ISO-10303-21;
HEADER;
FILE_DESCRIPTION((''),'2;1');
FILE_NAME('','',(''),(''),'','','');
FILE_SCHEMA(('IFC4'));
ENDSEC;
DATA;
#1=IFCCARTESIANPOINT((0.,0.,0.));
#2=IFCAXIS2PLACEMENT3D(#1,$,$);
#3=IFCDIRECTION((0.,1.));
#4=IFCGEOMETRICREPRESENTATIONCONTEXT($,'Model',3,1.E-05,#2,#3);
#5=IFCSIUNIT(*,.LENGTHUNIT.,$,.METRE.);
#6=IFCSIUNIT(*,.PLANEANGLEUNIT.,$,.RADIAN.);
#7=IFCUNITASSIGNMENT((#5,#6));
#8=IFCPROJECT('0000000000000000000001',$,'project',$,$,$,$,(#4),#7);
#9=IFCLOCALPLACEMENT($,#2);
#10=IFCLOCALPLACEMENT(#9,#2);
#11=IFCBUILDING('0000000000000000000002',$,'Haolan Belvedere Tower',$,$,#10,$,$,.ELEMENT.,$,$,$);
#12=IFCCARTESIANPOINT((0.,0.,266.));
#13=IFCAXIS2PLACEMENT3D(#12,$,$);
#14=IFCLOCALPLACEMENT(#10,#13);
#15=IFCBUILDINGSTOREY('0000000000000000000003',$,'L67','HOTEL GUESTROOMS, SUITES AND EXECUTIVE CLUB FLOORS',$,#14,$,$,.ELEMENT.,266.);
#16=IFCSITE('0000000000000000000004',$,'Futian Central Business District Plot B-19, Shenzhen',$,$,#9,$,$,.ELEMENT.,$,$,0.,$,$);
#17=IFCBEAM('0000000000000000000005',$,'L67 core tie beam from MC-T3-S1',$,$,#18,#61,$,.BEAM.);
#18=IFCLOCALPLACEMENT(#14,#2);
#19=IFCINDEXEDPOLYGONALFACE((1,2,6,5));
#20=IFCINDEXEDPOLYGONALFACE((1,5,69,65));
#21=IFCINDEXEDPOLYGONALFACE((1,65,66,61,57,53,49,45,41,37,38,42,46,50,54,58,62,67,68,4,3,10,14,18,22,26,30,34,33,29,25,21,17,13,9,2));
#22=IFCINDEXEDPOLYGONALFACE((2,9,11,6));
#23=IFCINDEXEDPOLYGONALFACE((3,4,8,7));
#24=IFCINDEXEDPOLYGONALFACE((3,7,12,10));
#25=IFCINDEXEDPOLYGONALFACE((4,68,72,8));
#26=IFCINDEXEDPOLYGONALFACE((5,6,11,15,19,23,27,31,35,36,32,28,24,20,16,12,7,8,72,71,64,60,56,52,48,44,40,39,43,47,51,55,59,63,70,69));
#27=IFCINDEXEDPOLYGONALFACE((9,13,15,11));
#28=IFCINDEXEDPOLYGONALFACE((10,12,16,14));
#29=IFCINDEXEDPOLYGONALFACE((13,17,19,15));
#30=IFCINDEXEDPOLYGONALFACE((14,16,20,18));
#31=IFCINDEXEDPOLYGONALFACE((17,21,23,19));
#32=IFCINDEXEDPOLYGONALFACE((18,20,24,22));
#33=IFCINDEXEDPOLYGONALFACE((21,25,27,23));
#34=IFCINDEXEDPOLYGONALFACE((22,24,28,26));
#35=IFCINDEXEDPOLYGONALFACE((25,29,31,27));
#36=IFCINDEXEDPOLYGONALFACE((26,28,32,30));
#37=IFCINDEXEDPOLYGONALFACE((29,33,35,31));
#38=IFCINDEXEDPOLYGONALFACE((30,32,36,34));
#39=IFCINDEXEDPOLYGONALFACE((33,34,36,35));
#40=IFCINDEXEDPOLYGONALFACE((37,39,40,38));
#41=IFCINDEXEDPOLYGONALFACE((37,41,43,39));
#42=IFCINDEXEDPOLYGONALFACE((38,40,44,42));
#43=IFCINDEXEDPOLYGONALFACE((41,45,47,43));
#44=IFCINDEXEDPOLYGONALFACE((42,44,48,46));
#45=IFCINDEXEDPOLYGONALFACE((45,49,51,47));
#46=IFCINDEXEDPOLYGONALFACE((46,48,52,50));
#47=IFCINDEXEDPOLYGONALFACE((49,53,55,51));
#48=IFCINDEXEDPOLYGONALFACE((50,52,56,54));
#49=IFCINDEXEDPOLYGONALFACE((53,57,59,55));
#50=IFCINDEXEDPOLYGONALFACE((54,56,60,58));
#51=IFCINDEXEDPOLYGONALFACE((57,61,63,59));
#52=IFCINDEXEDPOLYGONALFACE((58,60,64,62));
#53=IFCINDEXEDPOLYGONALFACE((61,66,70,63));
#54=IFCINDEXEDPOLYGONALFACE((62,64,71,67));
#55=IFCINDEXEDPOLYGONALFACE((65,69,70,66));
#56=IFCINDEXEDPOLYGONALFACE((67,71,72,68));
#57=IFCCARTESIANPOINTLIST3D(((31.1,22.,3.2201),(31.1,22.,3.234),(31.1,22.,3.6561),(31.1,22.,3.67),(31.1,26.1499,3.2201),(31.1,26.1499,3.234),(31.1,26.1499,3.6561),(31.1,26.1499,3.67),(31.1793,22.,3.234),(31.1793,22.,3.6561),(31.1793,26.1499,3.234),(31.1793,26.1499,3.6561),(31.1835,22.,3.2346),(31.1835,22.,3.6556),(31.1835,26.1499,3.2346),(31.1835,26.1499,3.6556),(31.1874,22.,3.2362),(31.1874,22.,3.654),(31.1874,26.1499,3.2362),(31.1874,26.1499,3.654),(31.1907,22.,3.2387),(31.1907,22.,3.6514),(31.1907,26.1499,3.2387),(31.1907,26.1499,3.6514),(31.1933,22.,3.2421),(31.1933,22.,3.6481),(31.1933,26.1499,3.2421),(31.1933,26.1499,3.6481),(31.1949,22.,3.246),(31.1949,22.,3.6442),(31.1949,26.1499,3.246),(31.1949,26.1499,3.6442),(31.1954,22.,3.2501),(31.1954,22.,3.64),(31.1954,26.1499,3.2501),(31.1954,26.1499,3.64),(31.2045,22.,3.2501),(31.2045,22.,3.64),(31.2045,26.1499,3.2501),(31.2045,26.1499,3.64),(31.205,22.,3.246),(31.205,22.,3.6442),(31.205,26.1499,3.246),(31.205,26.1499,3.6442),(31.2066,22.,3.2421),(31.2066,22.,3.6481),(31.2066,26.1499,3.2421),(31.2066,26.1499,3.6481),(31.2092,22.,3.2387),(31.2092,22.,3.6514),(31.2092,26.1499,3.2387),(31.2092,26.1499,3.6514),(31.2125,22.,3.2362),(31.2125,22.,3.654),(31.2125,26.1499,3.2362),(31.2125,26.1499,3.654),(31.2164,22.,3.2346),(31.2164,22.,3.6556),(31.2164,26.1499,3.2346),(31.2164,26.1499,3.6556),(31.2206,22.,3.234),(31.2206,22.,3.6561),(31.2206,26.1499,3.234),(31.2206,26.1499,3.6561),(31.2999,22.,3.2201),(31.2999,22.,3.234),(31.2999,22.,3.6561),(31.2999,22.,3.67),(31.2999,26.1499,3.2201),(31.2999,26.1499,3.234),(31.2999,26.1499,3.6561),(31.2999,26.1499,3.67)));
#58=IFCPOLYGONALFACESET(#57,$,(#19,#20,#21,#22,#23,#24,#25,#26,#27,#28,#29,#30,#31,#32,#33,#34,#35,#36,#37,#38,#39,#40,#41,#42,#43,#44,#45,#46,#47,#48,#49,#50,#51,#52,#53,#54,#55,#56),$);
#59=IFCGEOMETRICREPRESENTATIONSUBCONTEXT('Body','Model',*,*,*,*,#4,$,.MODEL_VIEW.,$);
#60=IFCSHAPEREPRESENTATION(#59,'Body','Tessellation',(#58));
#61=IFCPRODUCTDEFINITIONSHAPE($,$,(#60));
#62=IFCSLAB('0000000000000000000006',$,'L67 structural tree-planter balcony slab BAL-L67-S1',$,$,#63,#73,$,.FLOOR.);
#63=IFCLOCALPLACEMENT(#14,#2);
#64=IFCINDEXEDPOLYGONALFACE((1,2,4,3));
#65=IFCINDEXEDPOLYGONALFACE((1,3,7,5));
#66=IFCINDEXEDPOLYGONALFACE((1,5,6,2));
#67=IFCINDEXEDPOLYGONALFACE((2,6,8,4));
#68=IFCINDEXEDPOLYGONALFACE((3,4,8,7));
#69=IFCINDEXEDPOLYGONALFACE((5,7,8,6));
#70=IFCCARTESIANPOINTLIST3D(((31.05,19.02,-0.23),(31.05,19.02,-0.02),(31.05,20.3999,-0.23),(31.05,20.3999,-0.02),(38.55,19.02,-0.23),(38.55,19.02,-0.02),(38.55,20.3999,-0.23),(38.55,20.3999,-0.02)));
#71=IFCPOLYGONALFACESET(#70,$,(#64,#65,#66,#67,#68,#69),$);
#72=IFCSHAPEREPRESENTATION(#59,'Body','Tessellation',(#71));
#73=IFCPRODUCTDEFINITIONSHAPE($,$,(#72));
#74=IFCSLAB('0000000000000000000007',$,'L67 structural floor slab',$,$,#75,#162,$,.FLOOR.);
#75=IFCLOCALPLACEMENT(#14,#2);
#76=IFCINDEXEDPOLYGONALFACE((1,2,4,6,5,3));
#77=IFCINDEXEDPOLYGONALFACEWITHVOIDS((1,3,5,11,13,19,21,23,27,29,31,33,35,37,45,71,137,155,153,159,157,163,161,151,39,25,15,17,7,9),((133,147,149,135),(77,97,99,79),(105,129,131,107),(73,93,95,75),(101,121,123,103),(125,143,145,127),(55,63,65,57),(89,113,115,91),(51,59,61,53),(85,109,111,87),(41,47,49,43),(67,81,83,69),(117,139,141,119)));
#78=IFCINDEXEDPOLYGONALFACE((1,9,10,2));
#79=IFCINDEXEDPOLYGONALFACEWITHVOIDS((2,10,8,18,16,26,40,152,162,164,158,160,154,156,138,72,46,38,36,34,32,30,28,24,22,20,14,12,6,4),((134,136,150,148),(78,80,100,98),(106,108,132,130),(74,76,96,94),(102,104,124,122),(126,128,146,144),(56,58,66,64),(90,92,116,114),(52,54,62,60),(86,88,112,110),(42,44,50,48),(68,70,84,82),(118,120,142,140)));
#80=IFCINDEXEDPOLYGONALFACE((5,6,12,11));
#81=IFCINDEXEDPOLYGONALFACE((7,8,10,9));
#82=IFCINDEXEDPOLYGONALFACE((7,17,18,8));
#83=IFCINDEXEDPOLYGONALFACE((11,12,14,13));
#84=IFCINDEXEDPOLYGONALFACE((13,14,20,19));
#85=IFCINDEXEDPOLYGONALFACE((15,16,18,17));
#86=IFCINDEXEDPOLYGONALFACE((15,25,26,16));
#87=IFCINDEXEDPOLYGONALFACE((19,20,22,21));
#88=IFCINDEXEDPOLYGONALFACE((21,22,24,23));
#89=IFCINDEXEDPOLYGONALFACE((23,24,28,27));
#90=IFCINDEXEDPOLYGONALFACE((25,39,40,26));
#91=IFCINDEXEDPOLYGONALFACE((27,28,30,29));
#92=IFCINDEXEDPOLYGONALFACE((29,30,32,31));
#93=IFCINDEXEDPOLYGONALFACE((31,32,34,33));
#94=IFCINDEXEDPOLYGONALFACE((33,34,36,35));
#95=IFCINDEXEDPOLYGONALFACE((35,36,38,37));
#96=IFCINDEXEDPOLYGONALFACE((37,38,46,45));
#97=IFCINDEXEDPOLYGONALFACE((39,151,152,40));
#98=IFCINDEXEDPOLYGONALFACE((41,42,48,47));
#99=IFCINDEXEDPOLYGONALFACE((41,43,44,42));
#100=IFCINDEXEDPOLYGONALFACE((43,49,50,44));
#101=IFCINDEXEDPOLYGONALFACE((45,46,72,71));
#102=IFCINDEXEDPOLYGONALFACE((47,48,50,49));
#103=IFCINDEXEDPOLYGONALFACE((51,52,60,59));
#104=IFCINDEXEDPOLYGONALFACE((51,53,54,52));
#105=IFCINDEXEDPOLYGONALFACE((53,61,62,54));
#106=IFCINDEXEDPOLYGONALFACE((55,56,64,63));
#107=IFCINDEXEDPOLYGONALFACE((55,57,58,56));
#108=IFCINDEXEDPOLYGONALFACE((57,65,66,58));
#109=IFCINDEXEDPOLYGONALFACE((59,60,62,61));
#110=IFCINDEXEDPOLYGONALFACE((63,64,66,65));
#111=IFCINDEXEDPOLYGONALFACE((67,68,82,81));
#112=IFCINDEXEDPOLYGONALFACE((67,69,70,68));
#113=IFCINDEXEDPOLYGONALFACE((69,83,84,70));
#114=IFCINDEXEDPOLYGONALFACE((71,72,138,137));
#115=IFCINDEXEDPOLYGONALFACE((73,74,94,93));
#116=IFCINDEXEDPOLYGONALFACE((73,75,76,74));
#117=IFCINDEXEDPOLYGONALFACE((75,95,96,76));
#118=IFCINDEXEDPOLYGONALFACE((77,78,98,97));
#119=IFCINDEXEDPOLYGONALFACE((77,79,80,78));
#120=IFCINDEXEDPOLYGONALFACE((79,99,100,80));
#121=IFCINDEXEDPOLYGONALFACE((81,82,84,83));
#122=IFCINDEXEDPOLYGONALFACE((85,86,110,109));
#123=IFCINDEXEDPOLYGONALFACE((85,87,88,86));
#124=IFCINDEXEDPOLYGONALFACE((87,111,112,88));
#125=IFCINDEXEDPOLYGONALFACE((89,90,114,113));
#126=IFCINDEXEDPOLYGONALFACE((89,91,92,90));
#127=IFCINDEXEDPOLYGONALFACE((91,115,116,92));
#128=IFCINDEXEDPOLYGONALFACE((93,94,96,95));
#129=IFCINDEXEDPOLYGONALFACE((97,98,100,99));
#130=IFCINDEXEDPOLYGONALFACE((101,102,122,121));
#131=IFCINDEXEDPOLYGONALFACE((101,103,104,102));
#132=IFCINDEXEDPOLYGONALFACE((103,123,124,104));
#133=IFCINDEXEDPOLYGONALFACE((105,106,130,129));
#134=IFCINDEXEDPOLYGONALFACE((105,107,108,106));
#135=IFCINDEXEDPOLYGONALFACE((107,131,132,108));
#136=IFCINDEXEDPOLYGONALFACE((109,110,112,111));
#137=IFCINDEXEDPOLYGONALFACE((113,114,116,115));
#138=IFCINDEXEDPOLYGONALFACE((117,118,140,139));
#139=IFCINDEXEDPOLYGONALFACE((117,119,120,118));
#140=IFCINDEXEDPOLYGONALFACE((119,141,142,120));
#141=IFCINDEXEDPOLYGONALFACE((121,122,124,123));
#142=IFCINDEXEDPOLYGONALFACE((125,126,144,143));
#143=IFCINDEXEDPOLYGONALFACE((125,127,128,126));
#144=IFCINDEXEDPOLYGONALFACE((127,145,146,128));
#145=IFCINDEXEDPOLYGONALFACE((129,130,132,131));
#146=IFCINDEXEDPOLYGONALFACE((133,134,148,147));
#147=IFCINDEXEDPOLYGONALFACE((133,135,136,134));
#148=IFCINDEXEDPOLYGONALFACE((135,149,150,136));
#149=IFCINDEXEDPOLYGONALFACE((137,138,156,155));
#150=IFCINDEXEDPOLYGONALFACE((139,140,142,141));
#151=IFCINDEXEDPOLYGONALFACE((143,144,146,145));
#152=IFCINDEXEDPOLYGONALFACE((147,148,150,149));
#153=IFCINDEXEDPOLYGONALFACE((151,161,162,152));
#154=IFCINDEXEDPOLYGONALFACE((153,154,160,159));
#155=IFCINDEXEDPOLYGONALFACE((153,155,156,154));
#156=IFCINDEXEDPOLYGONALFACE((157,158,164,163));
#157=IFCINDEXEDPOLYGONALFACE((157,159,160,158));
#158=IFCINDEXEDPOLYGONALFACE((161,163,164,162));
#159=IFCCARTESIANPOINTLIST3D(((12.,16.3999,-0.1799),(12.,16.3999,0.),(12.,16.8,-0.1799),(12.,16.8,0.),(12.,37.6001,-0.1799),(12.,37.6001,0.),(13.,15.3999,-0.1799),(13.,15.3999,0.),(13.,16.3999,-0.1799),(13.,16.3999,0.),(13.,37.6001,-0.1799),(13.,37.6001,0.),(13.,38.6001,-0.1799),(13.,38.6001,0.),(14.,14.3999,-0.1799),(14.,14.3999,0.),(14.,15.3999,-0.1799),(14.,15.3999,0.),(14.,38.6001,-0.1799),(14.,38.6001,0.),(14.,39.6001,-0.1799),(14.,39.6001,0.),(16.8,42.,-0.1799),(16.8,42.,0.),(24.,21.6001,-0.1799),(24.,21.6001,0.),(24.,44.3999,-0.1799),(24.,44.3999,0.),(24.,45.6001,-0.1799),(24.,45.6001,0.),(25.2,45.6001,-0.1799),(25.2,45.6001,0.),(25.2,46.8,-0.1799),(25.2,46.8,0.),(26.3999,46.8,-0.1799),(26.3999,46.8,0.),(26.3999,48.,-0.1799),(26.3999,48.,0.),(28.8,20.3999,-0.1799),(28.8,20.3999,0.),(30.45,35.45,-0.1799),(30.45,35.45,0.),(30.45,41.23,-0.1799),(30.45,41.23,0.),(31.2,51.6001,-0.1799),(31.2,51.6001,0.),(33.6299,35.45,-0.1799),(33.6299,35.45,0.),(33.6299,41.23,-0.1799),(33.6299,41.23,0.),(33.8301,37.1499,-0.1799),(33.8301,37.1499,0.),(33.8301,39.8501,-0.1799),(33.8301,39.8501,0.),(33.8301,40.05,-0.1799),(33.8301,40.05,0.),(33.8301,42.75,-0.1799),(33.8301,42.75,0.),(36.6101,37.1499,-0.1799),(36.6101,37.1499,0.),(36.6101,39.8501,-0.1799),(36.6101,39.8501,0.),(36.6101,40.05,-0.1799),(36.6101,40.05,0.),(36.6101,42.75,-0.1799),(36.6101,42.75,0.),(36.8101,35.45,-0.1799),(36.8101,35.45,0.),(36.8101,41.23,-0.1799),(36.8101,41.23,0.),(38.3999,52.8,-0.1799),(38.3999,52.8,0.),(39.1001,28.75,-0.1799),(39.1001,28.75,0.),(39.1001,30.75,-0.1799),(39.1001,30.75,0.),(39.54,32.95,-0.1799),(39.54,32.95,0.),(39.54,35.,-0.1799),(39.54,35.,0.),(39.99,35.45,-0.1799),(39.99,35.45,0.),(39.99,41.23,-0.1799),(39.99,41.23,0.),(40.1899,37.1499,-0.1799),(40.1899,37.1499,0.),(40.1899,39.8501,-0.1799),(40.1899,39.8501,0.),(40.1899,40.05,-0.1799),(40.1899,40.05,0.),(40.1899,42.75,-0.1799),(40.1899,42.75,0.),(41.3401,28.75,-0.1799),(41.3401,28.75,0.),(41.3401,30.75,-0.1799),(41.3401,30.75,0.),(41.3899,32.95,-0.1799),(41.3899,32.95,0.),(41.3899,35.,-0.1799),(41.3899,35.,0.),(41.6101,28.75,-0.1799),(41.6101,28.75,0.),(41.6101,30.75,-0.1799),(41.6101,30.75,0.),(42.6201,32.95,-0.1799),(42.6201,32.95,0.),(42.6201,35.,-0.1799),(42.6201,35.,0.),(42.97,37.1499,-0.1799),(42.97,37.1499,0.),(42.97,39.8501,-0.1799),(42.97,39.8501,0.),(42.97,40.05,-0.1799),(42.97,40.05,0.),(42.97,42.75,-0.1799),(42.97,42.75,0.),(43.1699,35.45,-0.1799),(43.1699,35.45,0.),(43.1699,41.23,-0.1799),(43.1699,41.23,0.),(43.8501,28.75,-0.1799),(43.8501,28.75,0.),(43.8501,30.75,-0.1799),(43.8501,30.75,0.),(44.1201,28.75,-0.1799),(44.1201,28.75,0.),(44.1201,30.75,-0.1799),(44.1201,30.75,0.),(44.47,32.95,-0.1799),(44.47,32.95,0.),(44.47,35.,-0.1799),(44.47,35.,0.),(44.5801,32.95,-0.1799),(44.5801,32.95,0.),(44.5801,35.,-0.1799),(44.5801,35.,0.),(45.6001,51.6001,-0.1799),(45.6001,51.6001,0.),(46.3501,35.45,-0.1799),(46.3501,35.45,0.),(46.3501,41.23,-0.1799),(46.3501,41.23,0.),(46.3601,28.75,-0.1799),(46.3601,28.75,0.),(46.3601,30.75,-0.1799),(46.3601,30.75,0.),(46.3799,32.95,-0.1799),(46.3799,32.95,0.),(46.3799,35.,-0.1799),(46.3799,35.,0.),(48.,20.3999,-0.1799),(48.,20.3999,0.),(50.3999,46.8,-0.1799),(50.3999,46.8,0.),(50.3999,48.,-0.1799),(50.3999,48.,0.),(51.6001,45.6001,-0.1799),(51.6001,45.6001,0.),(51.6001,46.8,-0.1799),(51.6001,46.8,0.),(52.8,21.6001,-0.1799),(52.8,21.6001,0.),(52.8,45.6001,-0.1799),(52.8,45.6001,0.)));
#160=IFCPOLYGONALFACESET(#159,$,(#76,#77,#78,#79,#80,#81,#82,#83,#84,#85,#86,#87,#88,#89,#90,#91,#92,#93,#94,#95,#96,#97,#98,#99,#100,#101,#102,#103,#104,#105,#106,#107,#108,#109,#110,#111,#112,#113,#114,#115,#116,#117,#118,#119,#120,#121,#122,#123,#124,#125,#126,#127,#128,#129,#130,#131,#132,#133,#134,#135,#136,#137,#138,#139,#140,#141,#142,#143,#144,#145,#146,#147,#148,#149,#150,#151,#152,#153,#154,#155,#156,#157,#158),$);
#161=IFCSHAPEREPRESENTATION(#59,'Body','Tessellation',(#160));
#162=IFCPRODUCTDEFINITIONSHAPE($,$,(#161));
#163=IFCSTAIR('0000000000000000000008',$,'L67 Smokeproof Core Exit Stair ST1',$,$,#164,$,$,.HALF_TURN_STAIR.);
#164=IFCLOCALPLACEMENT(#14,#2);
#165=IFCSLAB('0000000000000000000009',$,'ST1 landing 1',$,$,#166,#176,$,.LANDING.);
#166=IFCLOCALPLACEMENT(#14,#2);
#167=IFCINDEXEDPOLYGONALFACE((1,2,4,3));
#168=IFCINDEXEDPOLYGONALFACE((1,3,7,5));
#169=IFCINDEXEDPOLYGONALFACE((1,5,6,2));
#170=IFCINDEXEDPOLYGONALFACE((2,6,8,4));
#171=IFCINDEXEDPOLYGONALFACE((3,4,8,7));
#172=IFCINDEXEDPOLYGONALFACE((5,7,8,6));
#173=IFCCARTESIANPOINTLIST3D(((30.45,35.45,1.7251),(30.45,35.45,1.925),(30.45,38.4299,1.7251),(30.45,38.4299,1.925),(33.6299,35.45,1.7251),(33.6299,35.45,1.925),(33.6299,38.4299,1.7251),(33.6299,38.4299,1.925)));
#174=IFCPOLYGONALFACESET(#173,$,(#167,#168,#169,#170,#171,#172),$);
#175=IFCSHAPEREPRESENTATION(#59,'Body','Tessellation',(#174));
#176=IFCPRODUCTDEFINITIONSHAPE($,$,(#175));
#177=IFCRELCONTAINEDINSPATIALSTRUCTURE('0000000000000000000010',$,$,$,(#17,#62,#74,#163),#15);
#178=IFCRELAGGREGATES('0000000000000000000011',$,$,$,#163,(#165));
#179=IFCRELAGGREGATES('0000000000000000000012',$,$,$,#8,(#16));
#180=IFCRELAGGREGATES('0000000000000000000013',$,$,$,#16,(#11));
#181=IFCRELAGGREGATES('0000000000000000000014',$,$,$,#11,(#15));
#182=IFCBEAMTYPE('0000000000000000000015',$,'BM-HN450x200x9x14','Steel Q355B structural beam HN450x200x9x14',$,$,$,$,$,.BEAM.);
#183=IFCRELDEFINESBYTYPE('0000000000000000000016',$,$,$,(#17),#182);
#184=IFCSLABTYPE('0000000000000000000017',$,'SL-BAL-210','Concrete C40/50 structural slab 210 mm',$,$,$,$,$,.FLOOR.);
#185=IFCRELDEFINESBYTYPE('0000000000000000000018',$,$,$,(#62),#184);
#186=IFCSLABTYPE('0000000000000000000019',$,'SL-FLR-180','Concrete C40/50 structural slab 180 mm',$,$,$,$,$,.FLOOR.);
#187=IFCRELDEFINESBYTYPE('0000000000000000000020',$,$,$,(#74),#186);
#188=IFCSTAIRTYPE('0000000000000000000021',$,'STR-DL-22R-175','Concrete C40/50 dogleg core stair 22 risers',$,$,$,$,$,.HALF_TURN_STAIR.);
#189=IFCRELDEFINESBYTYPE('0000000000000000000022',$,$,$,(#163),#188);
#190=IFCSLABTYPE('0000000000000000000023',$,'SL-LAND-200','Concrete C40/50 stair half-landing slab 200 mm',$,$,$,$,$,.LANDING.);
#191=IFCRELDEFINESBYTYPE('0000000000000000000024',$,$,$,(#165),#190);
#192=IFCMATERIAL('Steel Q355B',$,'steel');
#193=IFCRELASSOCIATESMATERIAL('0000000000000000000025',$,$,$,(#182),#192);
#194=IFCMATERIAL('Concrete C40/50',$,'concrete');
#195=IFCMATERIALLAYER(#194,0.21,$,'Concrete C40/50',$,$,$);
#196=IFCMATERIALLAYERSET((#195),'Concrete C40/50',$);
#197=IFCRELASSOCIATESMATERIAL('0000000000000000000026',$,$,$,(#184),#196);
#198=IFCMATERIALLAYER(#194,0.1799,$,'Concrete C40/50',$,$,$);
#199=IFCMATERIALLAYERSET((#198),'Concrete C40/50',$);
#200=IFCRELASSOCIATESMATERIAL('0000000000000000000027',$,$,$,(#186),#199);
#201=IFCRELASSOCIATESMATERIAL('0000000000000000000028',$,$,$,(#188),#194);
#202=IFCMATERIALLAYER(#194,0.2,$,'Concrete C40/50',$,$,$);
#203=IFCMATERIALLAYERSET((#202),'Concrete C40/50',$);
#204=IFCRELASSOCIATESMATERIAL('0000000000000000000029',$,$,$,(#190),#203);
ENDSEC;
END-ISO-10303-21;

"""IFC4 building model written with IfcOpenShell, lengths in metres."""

from ifc_helpers import new_model, si_unit, direction, frame, origin, origin_2d, place, context, subcontext, project, spatial, polyline, i_section, outline, extrude, material, layer, layer_set, material_profile, profile_set, type_object, element, aggregate, save


model = new_model("IFC4")

# Units and contexts
model_context = context("Model", 3, precision=1e-05, world=origin(), true_north=direction((0.0, 1.0)))
body_context = subcontext(model_context, "Body", "Model", "MODEL_VIEW")
ifc_project = project(units=[si_unit("LENGTHUNIT", "METRE"), si_unit("PLANEANGLEUNIT", "RADIAN")], contexts=[model_context])

# Site, building, storey
site_placement = place(None, origin())
site = spatial("IfcSite", under=ifc_project, at=site_placement, Name="Futian Central Business District Plot B-19, Shenzhen", CompositionType="ELEMENT", RefElevation=0.0)
building_placement = place(site_placement, origin())
building = spatial("IfcBuilding", under=site, at=building_placement, Name="Haolan Belvedere Tower", CompositionType="ELEMENT")
storey_placement = place(building_placement, frame((0.0, 0.0, 266.0)))
storey = spatial("IfcBuildingStorey", under=building, at=storey_placement, Name="L67", Description="HOTEL GUESTROOMS, SUITES AND EXECUTIVE CLUB FLOORS", CompositionType="ELEMENT", Elevation=266.0)

# Beam
ifc_material_1 = material(Name="Steel Q355B", Category="steel")
ifc_material_profile_1 = material_profile(ifc_material_1, i_section(OverallWidth=0.2, OverallDepth=0.45, WebThickness=0.009, FlangeThickness=0.0139, FilletRadius=0.0161, at=origin_2d()), Name="Steel Q355B")
ifc_profile_set_1 = profile_set([ifc_material_profile_1], Name="Steel Q355B")
beam_type_1 = type_object("IfcBeamType", Name="BM-HN450x200x9x14", Description="Steel Q355B structural beam HN450x200x9x14", PredefinedType="BEAM", material=ifc_profile_set_1)
beam_1_placement = place(storey_placement, frame((31.2, 22.0, 3.4451), z_axis=(0.0, 1.0, 0.0), x_axis=(-1.0, 0.0, 0.0)))
element("IfcBeam", 1, at=beam_1_placement, inside=storey, type_object=beam_type_1, Name="L67 core tie beam from MC-T3-S1", PredefinedType="BEAM", context=body_context, shape_type="SweptSolid", body=[
    extrude(i_section(OverallWidth=0.2, OverallDepth=0.45, WebThickness=0.009, FlangeThickness=0.0139, FilletRadius=0.0161, at=origin_2d()), origin(), (0.0, 0.0, 1.0), 4.1499),
])

# Slabs
ifc_material_2 = material(Name="Concrete C40/50", Category="concrete")
ifc_layer_1 = layer(ifc_material_2, 0.21, Name="Concrete C40/50")
ifc_layer_set_1 = layer_set([ifc_layer_1], Name="Concrete C40/50")
slab_type_1 = type_object("IfcSlabType", Name="SL-BAL-210", Description="Concrete C40/50 structural slab 210 mm", PredefinedType="FLOOR", material=ifc_layer_set_1)
slab_1_placement = place(storey_placement, frame((0.0, 0.0, -0.23)))
element("IfcSlab", 2, at=slab_1_placement, inside=storey, type_object=slab_type_1, Name="L67 structural tree-planter balcony slab BAL-L67-S1", PredefinedType="FLOOR", context=body_context, shape_type="SweptSolid", body=[
    extrude(outline(polyline([(31.05, 19.02), (38.55, 19.02), (38.55, 20.3999), (31.05, 20.3999), (31.05, 19.02)])), origin(), (0.0, 0.0, 1.0), 0.21),
])
ifc_layer_2 = layer(ifc_material_2, 0.1799, Name="Concrete C40/50")
ifc_layer_set_2 = layer_set([ifc_layer_2], Name="Concrete C40/50")
slab_type_2 = type_object("IfcSlabType", Name="SL-FLR-180", Description="Concrete C40/50 structural slab 180 mm", PredefinedType="FLOOR", material=ifc_layer_set_2)
slab_2_placement = place(storey_placement, frame((0.0, 0.0, -0.1799)))
element("IfcSlab", 3, at=slab_2_placement, inside=storey, type_object=slab_type_2, Name="L67 structural floor slab", PredefinedType="FLOOR", context=body_context, shape_type="SweptSolid", body=[
    extrude(outline(polyline([(24.0, 21.6001), (28.8, 20.3999), (48.0, 20.3999), (52.8, 21.6001), (52.8, 45.6001), (51.6001, 45.6001), (51.6001, 46.8), (50.3999, 46.8), (50.3999, 48.0), (45.6001, 51.6001), (38.3999, 52.8), (31.2, 51.6001), (26.3999, 48.0), (26.3999, 46.8), (25.2, 46.8), (25.2, 45.6001), (24.0, 45.6001), (24.0, 44.3999), (16.8, 42.0), (14.0, 39.6001), (14.0, 38.6001), (13.0, 38.6001), (13.0, 37.6001), (12.0, 37.6001), (12.0, 16.8), (12.0, 16.3999), (13.0, 16.3999), (13.0, 15.3999), (14.0, 15.3999), (14.0, 14.3999), (24.0, 21.6001)]), holes=[polyline([(30.45, 41.23), (30.45, 35.45), (33.6299, 35.45), (33.6299, 41.23), (30.45, 41.23)]), polyline([(36.8101, 41.23), (36.8101, 35.45), (39.99, 35.45), (39.99, 41.23), (36.8101, 41.23)]), polyline([(43.1699, 41.23), (43.1699, 35.45), (46.3501, 35.45), (46.3501, 41.23), (43.1699, 41.23)]), polyline([(33.8301, 40.05), (36.6101, 40.05), (36.6101, 42.75), (33.8301, 42.75), (33.8301, 40.05)]), polyline([(33.8301, 37.1499), (36.6101, 37.1499), (36.6101, 39.8501), (33.8301, 39.8501), (33.8301, 37.1499)]), polyline([(40.1899, 40.05), (42.97, 40.05), (42.97, 42.75), (40.1899, 42.75), (40.1899, 40.05)]), polyline([(40.1899, 37.1499), (42.97, 37.1499), (42.97, 39.8501), (40.1899, 39.8501), (40.1899, 37.1499)]), polyline([(39.54, 32.95), (41.3899, 32.95), (41.3899, 35.0), (39.54, 35.0), (39.54, 32.95)]), polyline([(42.6201, 32.95), (44.47, 32.95), (44.47, 35.0), (42.6201, 35.0), (42.6201, 32.95)]), polyline([(44.5801, 32.95), (46.3799, 32.95), (46.3799, 35.0), (44.5801, 35.0), (44.5801, 32.95)]), polyline([(39.1001, 28.75), (41.3401, 28.75), (41.3401, 30.75), (39.1001, 30.75), (39.1001, 28.75)]), polyline([(41.6101, 28.75), (43.8501, 28.75), (43.8501, 30.75), (41.6101, 30.75), (41.6101, 28.75)]), polyline([(44.1201, 28.75), (46.3601, 28.75), (46.3601, 30.75), (44.1201, 30.75), (44.1201, 28.75)])]), origin(), (0.0, 0.0, 1.0), 0.1799),
])

# Stair, slab
stair_type = type_object("IfcStairType", Name="STR-DL-22R-175", Description="Concrete C40/50 dogleg core stair 22 risers", PredefinedType="HALF_TURN_STAIR", material=ifc_material_2)
stair_1_placement = place(storey_placement, origin())
stair_1 = element("IfcStair", 4, at=stair_1_placement, inside=storey, type_object=stair_type, Name="L67 Smokeproof Core Exit Stair ST1", PredefinedType="HALF_TURN_STAIR")
ifc_layer_3 = layer(ifc_material_2, 0.2, Name="Concrete C40/50")
ifc_layer_set_3 = layer_set([ifc_layer_3], Name="Concrete C40/50")
slab_type_3 = type_object("IfcSlabType", Name="SL-LAND-200", Description="Concrete C40/50 stair half-landing slab 200 mm", PredefinedType="LANDING", material=ifc_layer_set_3)
slab_3_placement = place(storey_placement, frame((0.0, 0.0, 1.7251)))
slab_3 = element("IfcSlab", 5, at=slab_3_placement, type_object=slab_type_3, Name="ST1 landing 1", PredefinedType="LANDING", context=body_context, shape_type="SweptSolid", body=[
    extrude(outline(polyline([(30.45, 38.4299), (30.45, 35.45), (33.6299, 35.45), (33.6299, 38.4299), (30.45, 38.4299)])), origin(), (0.0, 0.0, 1.0), 0.2),
])
aggregate(stair_1, [slab_3])

save(model, "model.ifc")
